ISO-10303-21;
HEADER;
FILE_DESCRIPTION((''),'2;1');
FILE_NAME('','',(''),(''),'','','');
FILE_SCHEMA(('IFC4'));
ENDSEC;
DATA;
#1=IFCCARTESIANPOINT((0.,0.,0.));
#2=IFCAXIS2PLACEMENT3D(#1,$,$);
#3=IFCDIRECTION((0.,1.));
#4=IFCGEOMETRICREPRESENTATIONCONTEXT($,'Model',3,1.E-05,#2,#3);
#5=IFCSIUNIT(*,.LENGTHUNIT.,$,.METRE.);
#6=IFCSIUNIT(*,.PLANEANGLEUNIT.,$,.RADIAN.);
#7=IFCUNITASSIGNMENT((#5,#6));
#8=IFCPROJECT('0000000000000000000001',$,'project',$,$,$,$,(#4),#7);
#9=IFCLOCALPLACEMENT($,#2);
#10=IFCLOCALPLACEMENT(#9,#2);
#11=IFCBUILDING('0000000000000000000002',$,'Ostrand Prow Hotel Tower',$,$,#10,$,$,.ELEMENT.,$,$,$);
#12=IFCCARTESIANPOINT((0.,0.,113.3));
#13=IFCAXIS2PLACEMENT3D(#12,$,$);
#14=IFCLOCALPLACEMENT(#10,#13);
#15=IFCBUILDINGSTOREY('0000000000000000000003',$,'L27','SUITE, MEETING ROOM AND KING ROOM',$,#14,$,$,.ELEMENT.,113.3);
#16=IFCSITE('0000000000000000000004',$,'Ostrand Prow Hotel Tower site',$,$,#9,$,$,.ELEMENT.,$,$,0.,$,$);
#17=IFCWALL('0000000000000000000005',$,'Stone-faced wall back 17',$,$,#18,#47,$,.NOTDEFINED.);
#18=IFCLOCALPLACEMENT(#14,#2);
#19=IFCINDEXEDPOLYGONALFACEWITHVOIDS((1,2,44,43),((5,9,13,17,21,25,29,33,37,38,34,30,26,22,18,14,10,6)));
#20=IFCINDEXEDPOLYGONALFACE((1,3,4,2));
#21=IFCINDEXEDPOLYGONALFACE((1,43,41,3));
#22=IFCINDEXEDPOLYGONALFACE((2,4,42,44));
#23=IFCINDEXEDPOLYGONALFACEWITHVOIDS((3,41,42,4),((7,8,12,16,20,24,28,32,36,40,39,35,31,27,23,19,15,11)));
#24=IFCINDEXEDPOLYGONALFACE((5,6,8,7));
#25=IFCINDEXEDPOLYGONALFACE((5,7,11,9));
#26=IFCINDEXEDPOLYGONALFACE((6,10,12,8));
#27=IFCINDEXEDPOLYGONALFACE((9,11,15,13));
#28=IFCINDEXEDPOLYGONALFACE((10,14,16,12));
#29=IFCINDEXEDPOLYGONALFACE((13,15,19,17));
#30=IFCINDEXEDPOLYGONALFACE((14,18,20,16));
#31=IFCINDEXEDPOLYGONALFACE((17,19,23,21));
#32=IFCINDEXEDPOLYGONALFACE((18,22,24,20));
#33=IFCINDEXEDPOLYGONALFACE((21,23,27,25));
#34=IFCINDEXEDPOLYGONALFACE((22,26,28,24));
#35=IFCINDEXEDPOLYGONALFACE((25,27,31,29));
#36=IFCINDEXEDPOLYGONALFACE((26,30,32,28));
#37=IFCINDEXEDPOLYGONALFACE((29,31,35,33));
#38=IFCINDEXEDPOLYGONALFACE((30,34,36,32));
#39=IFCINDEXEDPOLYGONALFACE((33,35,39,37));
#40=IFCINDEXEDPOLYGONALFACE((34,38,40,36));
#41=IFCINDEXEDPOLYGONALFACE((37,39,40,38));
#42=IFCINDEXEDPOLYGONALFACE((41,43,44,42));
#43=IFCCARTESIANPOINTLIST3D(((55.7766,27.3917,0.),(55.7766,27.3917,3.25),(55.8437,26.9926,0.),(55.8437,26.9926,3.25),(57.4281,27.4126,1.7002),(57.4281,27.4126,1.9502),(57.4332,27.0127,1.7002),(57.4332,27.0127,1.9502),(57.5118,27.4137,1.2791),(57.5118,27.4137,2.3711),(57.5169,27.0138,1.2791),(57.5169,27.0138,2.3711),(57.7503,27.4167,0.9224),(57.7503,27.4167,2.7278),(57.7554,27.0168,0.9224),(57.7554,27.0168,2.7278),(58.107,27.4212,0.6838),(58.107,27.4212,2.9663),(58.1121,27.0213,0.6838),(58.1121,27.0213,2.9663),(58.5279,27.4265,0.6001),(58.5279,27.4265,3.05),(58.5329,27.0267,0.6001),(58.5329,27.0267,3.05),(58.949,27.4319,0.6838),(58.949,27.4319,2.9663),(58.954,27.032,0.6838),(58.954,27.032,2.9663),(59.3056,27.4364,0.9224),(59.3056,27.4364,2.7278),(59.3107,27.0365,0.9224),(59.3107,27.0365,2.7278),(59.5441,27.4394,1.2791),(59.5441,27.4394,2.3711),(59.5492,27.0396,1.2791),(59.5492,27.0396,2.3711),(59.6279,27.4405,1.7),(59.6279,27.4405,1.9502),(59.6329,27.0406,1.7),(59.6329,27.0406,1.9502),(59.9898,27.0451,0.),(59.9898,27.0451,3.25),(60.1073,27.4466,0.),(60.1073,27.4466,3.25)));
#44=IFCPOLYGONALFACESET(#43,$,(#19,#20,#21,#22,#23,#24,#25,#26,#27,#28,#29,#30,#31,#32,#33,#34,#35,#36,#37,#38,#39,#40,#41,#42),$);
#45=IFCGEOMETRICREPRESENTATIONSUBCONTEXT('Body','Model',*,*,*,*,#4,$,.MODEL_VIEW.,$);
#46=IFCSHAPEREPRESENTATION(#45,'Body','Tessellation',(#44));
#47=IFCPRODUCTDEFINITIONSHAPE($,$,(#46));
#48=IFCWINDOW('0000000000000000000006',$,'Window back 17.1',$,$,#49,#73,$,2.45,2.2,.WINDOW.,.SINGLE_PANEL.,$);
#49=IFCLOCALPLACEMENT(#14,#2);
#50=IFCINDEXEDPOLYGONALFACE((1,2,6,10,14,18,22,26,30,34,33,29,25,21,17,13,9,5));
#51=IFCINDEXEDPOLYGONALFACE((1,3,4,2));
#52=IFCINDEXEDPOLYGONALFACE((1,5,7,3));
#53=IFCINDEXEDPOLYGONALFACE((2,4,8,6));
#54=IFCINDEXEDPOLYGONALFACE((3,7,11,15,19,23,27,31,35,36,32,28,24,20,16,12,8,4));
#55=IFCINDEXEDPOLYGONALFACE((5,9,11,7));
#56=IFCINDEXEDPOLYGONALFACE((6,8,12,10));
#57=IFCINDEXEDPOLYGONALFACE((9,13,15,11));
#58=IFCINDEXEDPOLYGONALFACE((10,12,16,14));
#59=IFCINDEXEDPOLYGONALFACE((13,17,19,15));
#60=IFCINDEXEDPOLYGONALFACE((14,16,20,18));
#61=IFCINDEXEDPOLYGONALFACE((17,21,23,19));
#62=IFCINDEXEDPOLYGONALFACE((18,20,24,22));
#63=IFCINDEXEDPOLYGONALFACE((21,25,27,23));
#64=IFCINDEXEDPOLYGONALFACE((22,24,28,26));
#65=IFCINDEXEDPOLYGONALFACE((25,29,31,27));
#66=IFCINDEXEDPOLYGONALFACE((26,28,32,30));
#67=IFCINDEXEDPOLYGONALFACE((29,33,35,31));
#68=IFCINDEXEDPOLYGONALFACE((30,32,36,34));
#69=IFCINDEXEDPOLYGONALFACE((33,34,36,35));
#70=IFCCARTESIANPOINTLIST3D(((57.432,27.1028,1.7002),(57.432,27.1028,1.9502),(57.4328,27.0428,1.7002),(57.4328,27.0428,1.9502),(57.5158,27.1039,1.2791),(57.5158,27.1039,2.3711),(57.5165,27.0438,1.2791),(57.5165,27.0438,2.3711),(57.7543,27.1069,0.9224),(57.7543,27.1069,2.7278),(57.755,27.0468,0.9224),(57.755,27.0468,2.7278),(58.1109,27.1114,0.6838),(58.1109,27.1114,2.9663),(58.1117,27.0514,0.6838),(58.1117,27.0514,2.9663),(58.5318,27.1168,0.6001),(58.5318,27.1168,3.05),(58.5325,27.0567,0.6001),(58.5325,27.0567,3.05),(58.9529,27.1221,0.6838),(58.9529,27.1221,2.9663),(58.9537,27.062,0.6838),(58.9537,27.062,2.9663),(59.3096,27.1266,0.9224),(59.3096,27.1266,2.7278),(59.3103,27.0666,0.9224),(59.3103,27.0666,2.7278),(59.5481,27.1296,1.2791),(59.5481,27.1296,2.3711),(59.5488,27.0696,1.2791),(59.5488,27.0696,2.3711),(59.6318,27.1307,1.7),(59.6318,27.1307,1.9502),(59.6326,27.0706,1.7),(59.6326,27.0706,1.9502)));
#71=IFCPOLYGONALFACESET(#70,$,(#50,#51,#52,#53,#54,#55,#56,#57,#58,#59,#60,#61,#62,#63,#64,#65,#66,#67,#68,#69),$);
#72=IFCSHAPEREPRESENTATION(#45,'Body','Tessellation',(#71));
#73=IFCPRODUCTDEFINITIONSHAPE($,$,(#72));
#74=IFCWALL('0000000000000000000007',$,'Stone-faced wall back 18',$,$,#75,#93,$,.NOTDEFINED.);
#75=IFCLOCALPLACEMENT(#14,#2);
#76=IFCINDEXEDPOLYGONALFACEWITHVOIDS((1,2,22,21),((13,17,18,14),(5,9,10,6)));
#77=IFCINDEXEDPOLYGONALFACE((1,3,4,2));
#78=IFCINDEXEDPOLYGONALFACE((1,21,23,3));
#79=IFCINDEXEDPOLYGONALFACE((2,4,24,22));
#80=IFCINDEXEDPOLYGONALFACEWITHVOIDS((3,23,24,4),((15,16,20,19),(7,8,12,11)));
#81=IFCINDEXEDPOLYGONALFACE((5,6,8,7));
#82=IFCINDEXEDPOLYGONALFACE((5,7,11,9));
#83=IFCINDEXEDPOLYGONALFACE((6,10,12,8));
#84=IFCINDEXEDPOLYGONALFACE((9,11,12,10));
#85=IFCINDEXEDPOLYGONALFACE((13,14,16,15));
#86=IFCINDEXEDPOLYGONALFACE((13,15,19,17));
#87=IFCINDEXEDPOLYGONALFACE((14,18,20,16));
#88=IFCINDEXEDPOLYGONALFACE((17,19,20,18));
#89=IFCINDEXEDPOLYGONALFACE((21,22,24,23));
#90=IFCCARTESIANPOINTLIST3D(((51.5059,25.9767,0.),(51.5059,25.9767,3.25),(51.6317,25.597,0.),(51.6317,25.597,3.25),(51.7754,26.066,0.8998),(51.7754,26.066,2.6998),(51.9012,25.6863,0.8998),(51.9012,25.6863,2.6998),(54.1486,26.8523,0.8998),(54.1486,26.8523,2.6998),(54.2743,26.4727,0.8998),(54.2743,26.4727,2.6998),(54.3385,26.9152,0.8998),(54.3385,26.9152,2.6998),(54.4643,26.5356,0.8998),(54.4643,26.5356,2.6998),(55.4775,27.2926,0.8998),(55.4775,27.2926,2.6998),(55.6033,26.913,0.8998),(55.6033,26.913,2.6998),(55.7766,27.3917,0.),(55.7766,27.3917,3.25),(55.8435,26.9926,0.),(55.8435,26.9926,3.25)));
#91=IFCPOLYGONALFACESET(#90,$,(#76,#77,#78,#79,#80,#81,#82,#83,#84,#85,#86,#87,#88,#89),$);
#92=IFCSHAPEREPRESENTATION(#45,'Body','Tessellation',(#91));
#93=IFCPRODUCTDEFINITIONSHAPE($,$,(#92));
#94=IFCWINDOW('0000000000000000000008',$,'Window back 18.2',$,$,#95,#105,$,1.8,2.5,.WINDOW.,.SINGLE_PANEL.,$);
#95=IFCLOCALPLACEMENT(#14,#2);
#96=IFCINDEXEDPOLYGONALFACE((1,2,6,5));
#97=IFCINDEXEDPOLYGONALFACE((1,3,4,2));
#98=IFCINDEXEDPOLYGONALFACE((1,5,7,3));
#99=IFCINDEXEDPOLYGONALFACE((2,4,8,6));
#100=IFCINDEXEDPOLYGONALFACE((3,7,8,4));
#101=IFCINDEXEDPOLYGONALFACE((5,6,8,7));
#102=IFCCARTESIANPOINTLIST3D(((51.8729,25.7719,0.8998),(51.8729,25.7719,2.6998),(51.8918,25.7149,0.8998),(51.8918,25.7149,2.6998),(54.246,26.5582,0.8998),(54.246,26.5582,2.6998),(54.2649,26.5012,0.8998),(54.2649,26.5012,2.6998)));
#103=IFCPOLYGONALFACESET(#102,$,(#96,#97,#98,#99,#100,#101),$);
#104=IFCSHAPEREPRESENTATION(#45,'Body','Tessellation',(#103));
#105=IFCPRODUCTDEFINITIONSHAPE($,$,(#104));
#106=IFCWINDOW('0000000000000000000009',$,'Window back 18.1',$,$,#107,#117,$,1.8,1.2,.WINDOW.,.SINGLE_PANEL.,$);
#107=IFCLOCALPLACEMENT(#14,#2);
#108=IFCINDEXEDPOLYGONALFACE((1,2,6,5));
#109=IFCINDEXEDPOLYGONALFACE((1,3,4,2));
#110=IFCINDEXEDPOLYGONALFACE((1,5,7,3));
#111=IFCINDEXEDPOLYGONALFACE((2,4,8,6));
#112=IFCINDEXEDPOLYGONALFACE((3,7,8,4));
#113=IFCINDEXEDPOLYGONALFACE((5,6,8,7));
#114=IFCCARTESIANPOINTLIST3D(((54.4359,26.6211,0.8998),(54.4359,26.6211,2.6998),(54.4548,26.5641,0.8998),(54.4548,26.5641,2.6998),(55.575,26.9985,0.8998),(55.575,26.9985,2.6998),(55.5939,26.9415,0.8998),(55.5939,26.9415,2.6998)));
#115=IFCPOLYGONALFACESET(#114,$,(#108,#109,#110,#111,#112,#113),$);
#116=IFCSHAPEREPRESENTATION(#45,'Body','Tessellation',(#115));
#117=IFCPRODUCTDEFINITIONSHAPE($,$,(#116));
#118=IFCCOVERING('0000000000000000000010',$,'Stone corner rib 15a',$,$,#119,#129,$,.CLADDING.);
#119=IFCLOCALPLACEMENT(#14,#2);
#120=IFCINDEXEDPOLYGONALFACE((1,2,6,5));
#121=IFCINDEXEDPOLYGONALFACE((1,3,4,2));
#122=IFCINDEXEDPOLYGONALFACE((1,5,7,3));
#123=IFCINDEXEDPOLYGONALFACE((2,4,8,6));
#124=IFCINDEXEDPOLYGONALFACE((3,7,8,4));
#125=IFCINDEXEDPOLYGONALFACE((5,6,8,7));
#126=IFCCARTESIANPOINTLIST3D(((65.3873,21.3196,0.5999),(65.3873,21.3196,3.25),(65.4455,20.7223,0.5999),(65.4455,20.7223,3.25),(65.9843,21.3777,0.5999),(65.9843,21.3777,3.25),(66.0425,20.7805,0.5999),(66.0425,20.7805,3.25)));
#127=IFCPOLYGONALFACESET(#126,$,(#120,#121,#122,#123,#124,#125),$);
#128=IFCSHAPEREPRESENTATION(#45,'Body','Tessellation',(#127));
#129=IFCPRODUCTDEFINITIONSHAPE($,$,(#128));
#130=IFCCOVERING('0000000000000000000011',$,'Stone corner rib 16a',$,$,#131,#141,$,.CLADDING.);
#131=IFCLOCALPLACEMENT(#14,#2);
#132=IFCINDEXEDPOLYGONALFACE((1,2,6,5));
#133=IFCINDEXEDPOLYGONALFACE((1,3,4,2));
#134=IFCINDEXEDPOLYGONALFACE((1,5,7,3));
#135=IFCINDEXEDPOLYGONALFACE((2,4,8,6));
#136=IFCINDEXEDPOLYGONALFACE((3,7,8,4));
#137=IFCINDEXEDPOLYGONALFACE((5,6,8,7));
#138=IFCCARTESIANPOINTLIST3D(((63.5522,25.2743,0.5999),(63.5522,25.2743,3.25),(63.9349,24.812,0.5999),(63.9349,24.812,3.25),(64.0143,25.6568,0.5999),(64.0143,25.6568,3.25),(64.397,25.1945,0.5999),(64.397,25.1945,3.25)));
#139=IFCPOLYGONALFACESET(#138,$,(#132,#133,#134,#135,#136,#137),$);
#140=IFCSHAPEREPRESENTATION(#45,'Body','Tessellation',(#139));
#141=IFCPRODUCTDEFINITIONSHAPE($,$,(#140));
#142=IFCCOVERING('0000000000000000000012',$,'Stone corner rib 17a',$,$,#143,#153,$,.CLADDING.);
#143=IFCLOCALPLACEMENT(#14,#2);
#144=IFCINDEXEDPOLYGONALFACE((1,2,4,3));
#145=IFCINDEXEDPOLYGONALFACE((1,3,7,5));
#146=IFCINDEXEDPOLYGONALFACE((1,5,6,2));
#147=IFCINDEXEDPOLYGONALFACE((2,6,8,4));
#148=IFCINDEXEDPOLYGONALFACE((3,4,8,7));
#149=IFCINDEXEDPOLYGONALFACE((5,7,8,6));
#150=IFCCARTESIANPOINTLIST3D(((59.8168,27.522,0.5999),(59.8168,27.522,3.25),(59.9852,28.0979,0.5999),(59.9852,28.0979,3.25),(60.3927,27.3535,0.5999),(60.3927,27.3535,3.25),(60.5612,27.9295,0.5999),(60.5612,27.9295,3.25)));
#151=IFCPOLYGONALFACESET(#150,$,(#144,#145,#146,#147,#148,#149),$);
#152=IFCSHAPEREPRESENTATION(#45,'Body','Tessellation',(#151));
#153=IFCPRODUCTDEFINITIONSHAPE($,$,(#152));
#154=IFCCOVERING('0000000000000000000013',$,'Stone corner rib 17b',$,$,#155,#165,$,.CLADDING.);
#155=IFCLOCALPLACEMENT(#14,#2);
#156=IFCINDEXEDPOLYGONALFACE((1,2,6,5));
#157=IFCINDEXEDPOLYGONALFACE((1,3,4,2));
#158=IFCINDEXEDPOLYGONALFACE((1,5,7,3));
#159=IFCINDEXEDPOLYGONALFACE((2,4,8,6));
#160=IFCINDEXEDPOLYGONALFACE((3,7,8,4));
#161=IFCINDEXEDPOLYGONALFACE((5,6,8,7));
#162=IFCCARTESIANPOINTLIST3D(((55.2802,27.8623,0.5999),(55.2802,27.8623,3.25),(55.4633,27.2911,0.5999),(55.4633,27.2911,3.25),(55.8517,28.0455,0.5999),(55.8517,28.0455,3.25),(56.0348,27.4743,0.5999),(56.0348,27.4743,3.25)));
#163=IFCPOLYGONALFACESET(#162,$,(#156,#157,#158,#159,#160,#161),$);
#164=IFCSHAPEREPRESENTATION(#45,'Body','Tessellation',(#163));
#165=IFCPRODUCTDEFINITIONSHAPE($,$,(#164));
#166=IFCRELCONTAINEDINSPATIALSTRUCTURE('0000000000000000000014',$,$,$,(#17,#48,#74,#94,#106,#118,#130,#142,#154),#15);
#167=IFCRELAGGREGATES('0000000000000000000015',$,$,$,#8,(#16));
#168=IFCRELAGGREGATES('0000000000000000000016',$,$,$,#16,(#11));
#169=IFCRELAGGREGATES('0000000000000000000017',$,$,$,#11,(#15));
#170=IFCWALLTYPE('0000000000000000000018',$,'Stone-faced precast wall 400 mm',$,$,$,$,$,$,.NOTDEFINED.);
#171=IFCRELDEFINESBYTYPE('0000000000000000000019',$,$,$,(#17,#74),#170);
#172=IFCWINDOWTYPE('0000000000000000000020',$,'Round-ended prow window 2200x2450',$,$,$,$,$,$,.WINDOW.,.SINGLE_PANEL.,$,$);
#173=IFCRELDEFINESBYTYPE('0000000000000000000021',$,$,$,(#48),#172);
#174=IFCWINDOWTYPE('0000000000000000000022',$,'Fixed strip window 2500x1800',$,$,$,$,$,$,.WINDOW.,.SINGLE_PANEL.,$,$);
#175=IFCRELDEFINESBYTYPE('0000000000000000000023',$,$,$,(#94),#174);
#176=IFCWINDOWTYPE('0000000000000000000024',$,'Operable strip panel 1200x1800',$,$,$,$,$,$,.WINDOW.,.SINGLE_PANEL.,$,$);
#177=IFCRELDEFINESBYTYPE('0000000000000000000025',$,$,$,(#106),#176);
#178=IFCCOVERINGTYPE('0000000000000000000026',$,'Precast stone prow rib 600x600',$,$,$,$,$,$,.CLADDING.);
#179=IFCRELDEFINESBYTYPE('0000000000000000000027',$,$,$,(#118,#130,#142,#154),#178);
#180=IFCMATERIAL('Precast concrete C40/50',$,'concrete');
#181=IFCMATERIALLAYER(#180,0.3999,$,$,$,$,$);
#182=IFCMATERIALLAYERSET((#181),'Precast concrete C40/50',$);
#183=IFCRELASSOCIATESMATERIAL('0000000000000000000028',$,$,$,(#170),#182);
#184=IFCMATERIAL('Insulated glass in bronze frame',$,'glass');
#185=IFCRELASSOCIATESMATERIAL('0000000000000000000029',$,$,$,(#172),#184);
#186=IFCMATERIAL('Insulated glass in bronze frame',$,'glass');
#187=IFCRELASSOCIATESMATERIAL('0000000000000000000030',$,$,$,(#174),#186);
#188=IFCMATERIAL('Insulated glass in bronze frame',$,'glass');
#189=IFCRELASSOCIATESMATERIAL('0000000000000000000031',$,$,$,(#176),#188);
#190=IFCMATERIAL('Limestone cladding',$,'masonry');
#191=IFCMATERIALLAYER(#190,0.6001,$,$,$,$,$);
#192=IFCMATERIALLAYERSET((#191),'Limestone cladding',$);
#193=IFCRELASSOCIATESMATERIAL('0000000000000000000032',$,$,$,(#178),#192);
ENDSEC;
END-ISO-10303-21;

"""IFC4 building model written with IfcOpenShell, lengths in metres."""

from ifc_helpers import new_model, si_unit, direction, frame, frame_2d, origin, place, context, subcontext, project, spatial, polyline, rectangle, outline, extrude, material, layer, layer_set, type_object, element, fill, save


model = new_model("IFC4")

# Units and contexts
model_context = context("Model", 3, precision=1e-05, world=origin(), true_north=direction((0.0, 1.0)))
body_context = subcontext(model_context, "Body", "Model", "MODEL_VIEW")
ifc_project = project(units=[si_unit("LENGTHUNIT", "METRE"), si_unit("PLANEANGLEUNIT", "RADIAN")], contexts=[model_context])

# Site, building, storey
site_placement = place(None, origin())
site = spatial("IfcSite", under=ifc_project, at=site_placement, Name="Ostrand Prow Hotel Tower site", CompositionType="ELEMENT", RefElevation=0.0)
building_placement = place(site_placement, origin())
building = spatial("IfcBuilding", under=site, at=building_placement, Name="Ostrand Prow Hotel Tower", CompositionType="ELEMENT")
storey_placement = place(building_placement, frame((0.0, 0.0, 113.3)))
storey = spatial("IfcBuildingStorey", under=building, at=storey_placement, Name="L27", Description="SUITE, MEETING ROOM AND KING ROOM", CompositionType="ELEMENT", Elevation=113.3)

# Shared definitions
ifc_material_1 = material(Name="Precast concrete C40/50", Category="concrete")
ifc_layer_1 = layer(ifc_material_1, 0.3999)
ifc_layer_set_1 = layer_set([ifc_layer_1], Name="Precast concrete C40/50")
wall_type_1 = type_object("IfcWallType", Name="Stone-faced precast wall 400 mm", PredefinedType="NOTDEFINED", material=ifc_layer_set_1)

# Wall, opening, window
ifc_material_2 = material(Name="Insulated glass in bronze frame", Category="glass")
window_type_1 = type_object("IfcWindowType", Name="Round-ended prow window 2200x2450", PartitioningType="SINGLE_PANEL", PredefinedType="WINDOW", material=ifc_material_2)
wall_1_placement = place(storey_placement, frame((60.0486, 27.2458, 0.0), z_axis=(0.0, 0.0, 1.0), x_axis=(-0.99992, -0.012671, 0.0)))
wall_1 = element("IfcWall", 1, at=wall_1_placement, inside=storey, type_object=wall_type_1, Name="Stone-faced wall back 17", PredefinedType="NOTDEFINED", context=body_context, shape_type="SweptSolid", body=[
    extrude(outline(polyline([(-0.0613, -0.2), (4.2698, -0.2), (4.2078, 0.2), (0.0613, 0.2), (-0.0613, -0.2)])), origin(), (0.0, 0.0, 1.0), 3.25),
])
opening_1_placement = place(wall_1_placement, frame((0.4182, 0.0, 0.6001)))
opening_1 = element("IfcOpeningElement", 2, at=opening_1_placement, cuts=wall_1, PredefinedType="OPENING", context=body_context, shape_type="SweptSolid", body=[
    extrude(outline(polyline([(0.0, 1.3501), (0.0837, 1.771), (0.3223, 2.1277), (0.679, 2.3662), (1.1001, 2.45), (1.521, 2.3662), (1.8777, 2.1277), (2.1162, 1.771), (2.2, 1.3501), (2.2, 1.1001), (2.1162, 0.679), (1.8777, 0.3223), (1.521, 0.0837), (1.1001, 0.0), (0.679, 0.0837), (0.3223, 0.3223), (0.0837, 0.679), (0.0, 1.0999), (0.0, 1.3501)])), frame((0.0, 0.21, 0.0), z_axis=(0.0, -1.0, 0.0), x_axis=(1.0, 0.0, 0.0)), (0.0, 0.0, 1.0), 0.4199),
])
window_1_placement = place(opening_1_placement, origin())
window_1 = element("IfcWindow", 3, at=window_1_placement, inside=storey, type_object=window_type_1, Name="Window back 17.1", OverallHeight=2.45, OverallWidth=2.2, PartitioningType="SINGLE_PANEL", PredefinedType="WINDOW", context=body_context, shape_type="SweptSolid", body=[
    extrude(outline(polyline([(0.0, 1.3501), (0.0837, 1.771), (0.3223, 2.1277), (0.679, 2.3662), (1.1001, 2.45), (1.521, 2.3662), (1.8777, 2.1277), (2.1162, 1.771), (2.2, 1.3501), (2.2, 1.1001), (2.1162, 0.679), (1.8777, 0.3223), (1.521, 0.0837), (1.1001, 0.0), (0.679, 0.0837), (0.3223, 0.3223), (0.0837, 0.679), (0.0, 1.0999), (0.0, 1.3501)])), frame((0.0, 0.1699, 0.0), z_axis=(0.0, -1.0, 0.0), x_axis=(1.0, 0.0, 0.0)), (0.0, 0.0, 1.0), 0.0601),
])
fill(opening_1, window_1)

# Wall, openings, windows
wall_2_placement = place(storey_placement, frame((55.8101, 27.1921, 0.0), z_axis=(0.0, 0.0, 1.0), x_axis=(-0.94925, -0.314522, 0.0)))
wall_2 = element("IfcWall", 4, at=wall_2_placement, inside=storey, type_object=wall_type_1, Name="Stone-faced wall back 18", PredefinedType="NOTDEFINED", context=body_context, shape_type="SweptSolid", body=[
    extrude(outline(polyline([(-0.031, -0.2), (4.468, -0.2), (4.468, 0.2), (0.031, 0.2), (-0.031, -0.2)])), origin(), (0.0, 0.0, 1.0), 3.25),
])
opening_2_placement = place(wall_2_placement, frame((0.2839, 0.0, 0.8999)))
opening_2 = element("IfcOpeningElement", 5, at=opening_2_placement, cuts=wall_2, PredefinedType="OPENING", context=body_context, shape_type="SweptSolid", body=[
    extrude(rectangle(XDim=1.2, YDim=1.8, at=frame_2d((0.6001, 0.8999))), frame((0.0, 0.21, 0.0), z_axis=(0.0, -1.0, 0.0), x_axis=(1.0, 0.0, 0.0)), (0.0, 0.0, 1.0), 0.4199),
])
opening_3_placement = place(wall_2_placement, frame((1.6841, 0.0, 0.8999)))
opening_3 = element("IfcOpeningElement", 6, at=opening_3_placement, cuts=wall_2, PredefinedType="OPENING", context=body_context, shape_type="SweptSolid", body=[
    extrude(rectangle(XDim=2.5, YDim=1.8, at=frame_2d((1.25, 0.8999))), frame((0.0, 0.21, 0.0), z_axis=(0.0, -1.0, 0.0), x_axis=(1.0, 0.0, 0.0)), (0.0, 0.0, 1.0), 0.4199),
])
ifc_material_3 = material(Name="Insulated glass in bronze frame", Category="glass")
window_type_2 = type_object("IfcWindowType", Name="Fixed strip window 2500x1800", PartitioningType="SINGLE_PANEL", PredefinedType="WINDOW", material=ifc_material_3)
window_2_placement = place(opening_3_placement, origin())
window_2 = element("IfcWindow", 7, at=window_2_placement, inside=storey, type_object=window_type_2, Name="Window back 18.2", OverallHeight=1.8, OverallWidth=2.5, PartitioningType="SINGLE_PANEL", PredefinedType="WINDOW", context=body_context, shape_type="SweptSolid", body=[
    extrude(rectangle(XDim=2.5, YDim=1.8, at=frame_2d((1.25, 0.8999))), frame((0.0, 0.1699, 0.0), z_axis=(0.0, -1.0, 0.0), x_axis=(1.0, 0.0, 0.0)), (0.0, 0.0, 1.0), 0.0601),
])
fill(opening_3, window_2)
ifc_material_4 = material(Name="Insulated glass in bronze frame", Category="glass")
window_type_3 = type_object("IfcWindowType", Name="Operable strip panel 1200x1800", PartitioningType="SINGLE_PANEL", PredefinedType="WINDOW", material=ifc_material_4)
window_3_placement = place(opening_2_placement, origin())
window_3 = element("IfcWindow", 8, at=window_3_placement, inside=storey, type_object=window_type_3, Name="Window back 18.1", OverallHeight=1.8, OverallWidth=1.2, PartitioningType="SINGLE_PANEL", PredefinedType="WINDOW", context=body_context, shape_type="SweptSolid", body=[
    extrude(rectangle(XDim=1.2, YDim=1.8, at=frame_2d((0.6001, 0.8999))), frame((0.0, 0.1699, 0.0), z_axis=(0.0, -1.0, 0.0), x_axis=(1.0, 0.0, 0.0)), (0.0, 0.0, 1.0), 0.0601),
])
fill(opening_2, window_3)

# Coverings
ifc_material_5 = material(Name="Limestone cladding", Category="masonry")
ifc_layer_2 = layer(ifc_material_5, 0.6001)
ifc_layer_set_2 = layer_set([ifc_layer_2], Name="Limestone cladding")
covering_type = type_object("IfcCoveringType", Name="Precast stone prow rib 600x600", PredefinedType="CLADDING", material=ifc_layer_set_2)
for number, where, z_axis, x_axis, name in (
    (9, (65.4165, 21.021, 0.5999), (0.0, 0.0, 1.0), (0.995296, 0.096884, 0.0), "Stone corner rib 15a"),
    (10, (63.7437, 25.0432, 0.5999), (0.0, 0.0, 1.0), (0.770319, 0.637659, 0.0), "Stone corner rib 16a"),
):
    element("IfcCovering", number, at=place(storey_placement, frame(where, z_axis=z_axis, x_axis=x_axis)), inside=storey, type_object=covering_type, Name=name, PredefinedType="CLADDING", context=body_context, shape_type="SweptSolid", body=[
        extrude(rectangle(XDim=0.5999, YDim=0.6001, at=frame_2d((0.2998, 0.0))), origin(), (0.0, 0.0, 1.0), 2.6501),
    ])
covering_1_placement = place(storey_placement, frame((60.1047, 27.4377, 0.5999), z_axis=(0.0, 0.0, 1.0), x_axis=(0.280734, 0.959786, 0.0)))
element("IfcCovering", 11, at=covering_1_placement, inside=storey, type_object=covering_type, Name="Stone corner rib 17a", PredefinedType="CLADDING", context=body_context, shape_type="SweptSolid", body=[
    extrude(rectangle(XDim=0.6001, YDim=0.6001, at=frame_2d((0.3, 0.0))), origin(), (0.0, 0.0, 1.0), 2.6501),
])
covering_2_placement = place(storey_placement, frame((55.749, 27.3828, 0.5999), z_axis=(0.0, 0.0, 1.0), x_axis=(-0.305219, 0.952282, 0.0)))
element("IfcCovering", 12, at=covering_2_placement, inside=storey, type_object=covering_type, Name="Stone corner rib 17b", PredefinedType="CLADDING", context=body_context, shape_type="SweptSolid", body=[
    extrude(rectangle(XDim=0.5999, YDim=0.6001, at=frame_2d((0.2998, 0.0))), origin(), (0.0, 0.0, 1.0), 2.6501),
])

save(model, "model.ifc")
